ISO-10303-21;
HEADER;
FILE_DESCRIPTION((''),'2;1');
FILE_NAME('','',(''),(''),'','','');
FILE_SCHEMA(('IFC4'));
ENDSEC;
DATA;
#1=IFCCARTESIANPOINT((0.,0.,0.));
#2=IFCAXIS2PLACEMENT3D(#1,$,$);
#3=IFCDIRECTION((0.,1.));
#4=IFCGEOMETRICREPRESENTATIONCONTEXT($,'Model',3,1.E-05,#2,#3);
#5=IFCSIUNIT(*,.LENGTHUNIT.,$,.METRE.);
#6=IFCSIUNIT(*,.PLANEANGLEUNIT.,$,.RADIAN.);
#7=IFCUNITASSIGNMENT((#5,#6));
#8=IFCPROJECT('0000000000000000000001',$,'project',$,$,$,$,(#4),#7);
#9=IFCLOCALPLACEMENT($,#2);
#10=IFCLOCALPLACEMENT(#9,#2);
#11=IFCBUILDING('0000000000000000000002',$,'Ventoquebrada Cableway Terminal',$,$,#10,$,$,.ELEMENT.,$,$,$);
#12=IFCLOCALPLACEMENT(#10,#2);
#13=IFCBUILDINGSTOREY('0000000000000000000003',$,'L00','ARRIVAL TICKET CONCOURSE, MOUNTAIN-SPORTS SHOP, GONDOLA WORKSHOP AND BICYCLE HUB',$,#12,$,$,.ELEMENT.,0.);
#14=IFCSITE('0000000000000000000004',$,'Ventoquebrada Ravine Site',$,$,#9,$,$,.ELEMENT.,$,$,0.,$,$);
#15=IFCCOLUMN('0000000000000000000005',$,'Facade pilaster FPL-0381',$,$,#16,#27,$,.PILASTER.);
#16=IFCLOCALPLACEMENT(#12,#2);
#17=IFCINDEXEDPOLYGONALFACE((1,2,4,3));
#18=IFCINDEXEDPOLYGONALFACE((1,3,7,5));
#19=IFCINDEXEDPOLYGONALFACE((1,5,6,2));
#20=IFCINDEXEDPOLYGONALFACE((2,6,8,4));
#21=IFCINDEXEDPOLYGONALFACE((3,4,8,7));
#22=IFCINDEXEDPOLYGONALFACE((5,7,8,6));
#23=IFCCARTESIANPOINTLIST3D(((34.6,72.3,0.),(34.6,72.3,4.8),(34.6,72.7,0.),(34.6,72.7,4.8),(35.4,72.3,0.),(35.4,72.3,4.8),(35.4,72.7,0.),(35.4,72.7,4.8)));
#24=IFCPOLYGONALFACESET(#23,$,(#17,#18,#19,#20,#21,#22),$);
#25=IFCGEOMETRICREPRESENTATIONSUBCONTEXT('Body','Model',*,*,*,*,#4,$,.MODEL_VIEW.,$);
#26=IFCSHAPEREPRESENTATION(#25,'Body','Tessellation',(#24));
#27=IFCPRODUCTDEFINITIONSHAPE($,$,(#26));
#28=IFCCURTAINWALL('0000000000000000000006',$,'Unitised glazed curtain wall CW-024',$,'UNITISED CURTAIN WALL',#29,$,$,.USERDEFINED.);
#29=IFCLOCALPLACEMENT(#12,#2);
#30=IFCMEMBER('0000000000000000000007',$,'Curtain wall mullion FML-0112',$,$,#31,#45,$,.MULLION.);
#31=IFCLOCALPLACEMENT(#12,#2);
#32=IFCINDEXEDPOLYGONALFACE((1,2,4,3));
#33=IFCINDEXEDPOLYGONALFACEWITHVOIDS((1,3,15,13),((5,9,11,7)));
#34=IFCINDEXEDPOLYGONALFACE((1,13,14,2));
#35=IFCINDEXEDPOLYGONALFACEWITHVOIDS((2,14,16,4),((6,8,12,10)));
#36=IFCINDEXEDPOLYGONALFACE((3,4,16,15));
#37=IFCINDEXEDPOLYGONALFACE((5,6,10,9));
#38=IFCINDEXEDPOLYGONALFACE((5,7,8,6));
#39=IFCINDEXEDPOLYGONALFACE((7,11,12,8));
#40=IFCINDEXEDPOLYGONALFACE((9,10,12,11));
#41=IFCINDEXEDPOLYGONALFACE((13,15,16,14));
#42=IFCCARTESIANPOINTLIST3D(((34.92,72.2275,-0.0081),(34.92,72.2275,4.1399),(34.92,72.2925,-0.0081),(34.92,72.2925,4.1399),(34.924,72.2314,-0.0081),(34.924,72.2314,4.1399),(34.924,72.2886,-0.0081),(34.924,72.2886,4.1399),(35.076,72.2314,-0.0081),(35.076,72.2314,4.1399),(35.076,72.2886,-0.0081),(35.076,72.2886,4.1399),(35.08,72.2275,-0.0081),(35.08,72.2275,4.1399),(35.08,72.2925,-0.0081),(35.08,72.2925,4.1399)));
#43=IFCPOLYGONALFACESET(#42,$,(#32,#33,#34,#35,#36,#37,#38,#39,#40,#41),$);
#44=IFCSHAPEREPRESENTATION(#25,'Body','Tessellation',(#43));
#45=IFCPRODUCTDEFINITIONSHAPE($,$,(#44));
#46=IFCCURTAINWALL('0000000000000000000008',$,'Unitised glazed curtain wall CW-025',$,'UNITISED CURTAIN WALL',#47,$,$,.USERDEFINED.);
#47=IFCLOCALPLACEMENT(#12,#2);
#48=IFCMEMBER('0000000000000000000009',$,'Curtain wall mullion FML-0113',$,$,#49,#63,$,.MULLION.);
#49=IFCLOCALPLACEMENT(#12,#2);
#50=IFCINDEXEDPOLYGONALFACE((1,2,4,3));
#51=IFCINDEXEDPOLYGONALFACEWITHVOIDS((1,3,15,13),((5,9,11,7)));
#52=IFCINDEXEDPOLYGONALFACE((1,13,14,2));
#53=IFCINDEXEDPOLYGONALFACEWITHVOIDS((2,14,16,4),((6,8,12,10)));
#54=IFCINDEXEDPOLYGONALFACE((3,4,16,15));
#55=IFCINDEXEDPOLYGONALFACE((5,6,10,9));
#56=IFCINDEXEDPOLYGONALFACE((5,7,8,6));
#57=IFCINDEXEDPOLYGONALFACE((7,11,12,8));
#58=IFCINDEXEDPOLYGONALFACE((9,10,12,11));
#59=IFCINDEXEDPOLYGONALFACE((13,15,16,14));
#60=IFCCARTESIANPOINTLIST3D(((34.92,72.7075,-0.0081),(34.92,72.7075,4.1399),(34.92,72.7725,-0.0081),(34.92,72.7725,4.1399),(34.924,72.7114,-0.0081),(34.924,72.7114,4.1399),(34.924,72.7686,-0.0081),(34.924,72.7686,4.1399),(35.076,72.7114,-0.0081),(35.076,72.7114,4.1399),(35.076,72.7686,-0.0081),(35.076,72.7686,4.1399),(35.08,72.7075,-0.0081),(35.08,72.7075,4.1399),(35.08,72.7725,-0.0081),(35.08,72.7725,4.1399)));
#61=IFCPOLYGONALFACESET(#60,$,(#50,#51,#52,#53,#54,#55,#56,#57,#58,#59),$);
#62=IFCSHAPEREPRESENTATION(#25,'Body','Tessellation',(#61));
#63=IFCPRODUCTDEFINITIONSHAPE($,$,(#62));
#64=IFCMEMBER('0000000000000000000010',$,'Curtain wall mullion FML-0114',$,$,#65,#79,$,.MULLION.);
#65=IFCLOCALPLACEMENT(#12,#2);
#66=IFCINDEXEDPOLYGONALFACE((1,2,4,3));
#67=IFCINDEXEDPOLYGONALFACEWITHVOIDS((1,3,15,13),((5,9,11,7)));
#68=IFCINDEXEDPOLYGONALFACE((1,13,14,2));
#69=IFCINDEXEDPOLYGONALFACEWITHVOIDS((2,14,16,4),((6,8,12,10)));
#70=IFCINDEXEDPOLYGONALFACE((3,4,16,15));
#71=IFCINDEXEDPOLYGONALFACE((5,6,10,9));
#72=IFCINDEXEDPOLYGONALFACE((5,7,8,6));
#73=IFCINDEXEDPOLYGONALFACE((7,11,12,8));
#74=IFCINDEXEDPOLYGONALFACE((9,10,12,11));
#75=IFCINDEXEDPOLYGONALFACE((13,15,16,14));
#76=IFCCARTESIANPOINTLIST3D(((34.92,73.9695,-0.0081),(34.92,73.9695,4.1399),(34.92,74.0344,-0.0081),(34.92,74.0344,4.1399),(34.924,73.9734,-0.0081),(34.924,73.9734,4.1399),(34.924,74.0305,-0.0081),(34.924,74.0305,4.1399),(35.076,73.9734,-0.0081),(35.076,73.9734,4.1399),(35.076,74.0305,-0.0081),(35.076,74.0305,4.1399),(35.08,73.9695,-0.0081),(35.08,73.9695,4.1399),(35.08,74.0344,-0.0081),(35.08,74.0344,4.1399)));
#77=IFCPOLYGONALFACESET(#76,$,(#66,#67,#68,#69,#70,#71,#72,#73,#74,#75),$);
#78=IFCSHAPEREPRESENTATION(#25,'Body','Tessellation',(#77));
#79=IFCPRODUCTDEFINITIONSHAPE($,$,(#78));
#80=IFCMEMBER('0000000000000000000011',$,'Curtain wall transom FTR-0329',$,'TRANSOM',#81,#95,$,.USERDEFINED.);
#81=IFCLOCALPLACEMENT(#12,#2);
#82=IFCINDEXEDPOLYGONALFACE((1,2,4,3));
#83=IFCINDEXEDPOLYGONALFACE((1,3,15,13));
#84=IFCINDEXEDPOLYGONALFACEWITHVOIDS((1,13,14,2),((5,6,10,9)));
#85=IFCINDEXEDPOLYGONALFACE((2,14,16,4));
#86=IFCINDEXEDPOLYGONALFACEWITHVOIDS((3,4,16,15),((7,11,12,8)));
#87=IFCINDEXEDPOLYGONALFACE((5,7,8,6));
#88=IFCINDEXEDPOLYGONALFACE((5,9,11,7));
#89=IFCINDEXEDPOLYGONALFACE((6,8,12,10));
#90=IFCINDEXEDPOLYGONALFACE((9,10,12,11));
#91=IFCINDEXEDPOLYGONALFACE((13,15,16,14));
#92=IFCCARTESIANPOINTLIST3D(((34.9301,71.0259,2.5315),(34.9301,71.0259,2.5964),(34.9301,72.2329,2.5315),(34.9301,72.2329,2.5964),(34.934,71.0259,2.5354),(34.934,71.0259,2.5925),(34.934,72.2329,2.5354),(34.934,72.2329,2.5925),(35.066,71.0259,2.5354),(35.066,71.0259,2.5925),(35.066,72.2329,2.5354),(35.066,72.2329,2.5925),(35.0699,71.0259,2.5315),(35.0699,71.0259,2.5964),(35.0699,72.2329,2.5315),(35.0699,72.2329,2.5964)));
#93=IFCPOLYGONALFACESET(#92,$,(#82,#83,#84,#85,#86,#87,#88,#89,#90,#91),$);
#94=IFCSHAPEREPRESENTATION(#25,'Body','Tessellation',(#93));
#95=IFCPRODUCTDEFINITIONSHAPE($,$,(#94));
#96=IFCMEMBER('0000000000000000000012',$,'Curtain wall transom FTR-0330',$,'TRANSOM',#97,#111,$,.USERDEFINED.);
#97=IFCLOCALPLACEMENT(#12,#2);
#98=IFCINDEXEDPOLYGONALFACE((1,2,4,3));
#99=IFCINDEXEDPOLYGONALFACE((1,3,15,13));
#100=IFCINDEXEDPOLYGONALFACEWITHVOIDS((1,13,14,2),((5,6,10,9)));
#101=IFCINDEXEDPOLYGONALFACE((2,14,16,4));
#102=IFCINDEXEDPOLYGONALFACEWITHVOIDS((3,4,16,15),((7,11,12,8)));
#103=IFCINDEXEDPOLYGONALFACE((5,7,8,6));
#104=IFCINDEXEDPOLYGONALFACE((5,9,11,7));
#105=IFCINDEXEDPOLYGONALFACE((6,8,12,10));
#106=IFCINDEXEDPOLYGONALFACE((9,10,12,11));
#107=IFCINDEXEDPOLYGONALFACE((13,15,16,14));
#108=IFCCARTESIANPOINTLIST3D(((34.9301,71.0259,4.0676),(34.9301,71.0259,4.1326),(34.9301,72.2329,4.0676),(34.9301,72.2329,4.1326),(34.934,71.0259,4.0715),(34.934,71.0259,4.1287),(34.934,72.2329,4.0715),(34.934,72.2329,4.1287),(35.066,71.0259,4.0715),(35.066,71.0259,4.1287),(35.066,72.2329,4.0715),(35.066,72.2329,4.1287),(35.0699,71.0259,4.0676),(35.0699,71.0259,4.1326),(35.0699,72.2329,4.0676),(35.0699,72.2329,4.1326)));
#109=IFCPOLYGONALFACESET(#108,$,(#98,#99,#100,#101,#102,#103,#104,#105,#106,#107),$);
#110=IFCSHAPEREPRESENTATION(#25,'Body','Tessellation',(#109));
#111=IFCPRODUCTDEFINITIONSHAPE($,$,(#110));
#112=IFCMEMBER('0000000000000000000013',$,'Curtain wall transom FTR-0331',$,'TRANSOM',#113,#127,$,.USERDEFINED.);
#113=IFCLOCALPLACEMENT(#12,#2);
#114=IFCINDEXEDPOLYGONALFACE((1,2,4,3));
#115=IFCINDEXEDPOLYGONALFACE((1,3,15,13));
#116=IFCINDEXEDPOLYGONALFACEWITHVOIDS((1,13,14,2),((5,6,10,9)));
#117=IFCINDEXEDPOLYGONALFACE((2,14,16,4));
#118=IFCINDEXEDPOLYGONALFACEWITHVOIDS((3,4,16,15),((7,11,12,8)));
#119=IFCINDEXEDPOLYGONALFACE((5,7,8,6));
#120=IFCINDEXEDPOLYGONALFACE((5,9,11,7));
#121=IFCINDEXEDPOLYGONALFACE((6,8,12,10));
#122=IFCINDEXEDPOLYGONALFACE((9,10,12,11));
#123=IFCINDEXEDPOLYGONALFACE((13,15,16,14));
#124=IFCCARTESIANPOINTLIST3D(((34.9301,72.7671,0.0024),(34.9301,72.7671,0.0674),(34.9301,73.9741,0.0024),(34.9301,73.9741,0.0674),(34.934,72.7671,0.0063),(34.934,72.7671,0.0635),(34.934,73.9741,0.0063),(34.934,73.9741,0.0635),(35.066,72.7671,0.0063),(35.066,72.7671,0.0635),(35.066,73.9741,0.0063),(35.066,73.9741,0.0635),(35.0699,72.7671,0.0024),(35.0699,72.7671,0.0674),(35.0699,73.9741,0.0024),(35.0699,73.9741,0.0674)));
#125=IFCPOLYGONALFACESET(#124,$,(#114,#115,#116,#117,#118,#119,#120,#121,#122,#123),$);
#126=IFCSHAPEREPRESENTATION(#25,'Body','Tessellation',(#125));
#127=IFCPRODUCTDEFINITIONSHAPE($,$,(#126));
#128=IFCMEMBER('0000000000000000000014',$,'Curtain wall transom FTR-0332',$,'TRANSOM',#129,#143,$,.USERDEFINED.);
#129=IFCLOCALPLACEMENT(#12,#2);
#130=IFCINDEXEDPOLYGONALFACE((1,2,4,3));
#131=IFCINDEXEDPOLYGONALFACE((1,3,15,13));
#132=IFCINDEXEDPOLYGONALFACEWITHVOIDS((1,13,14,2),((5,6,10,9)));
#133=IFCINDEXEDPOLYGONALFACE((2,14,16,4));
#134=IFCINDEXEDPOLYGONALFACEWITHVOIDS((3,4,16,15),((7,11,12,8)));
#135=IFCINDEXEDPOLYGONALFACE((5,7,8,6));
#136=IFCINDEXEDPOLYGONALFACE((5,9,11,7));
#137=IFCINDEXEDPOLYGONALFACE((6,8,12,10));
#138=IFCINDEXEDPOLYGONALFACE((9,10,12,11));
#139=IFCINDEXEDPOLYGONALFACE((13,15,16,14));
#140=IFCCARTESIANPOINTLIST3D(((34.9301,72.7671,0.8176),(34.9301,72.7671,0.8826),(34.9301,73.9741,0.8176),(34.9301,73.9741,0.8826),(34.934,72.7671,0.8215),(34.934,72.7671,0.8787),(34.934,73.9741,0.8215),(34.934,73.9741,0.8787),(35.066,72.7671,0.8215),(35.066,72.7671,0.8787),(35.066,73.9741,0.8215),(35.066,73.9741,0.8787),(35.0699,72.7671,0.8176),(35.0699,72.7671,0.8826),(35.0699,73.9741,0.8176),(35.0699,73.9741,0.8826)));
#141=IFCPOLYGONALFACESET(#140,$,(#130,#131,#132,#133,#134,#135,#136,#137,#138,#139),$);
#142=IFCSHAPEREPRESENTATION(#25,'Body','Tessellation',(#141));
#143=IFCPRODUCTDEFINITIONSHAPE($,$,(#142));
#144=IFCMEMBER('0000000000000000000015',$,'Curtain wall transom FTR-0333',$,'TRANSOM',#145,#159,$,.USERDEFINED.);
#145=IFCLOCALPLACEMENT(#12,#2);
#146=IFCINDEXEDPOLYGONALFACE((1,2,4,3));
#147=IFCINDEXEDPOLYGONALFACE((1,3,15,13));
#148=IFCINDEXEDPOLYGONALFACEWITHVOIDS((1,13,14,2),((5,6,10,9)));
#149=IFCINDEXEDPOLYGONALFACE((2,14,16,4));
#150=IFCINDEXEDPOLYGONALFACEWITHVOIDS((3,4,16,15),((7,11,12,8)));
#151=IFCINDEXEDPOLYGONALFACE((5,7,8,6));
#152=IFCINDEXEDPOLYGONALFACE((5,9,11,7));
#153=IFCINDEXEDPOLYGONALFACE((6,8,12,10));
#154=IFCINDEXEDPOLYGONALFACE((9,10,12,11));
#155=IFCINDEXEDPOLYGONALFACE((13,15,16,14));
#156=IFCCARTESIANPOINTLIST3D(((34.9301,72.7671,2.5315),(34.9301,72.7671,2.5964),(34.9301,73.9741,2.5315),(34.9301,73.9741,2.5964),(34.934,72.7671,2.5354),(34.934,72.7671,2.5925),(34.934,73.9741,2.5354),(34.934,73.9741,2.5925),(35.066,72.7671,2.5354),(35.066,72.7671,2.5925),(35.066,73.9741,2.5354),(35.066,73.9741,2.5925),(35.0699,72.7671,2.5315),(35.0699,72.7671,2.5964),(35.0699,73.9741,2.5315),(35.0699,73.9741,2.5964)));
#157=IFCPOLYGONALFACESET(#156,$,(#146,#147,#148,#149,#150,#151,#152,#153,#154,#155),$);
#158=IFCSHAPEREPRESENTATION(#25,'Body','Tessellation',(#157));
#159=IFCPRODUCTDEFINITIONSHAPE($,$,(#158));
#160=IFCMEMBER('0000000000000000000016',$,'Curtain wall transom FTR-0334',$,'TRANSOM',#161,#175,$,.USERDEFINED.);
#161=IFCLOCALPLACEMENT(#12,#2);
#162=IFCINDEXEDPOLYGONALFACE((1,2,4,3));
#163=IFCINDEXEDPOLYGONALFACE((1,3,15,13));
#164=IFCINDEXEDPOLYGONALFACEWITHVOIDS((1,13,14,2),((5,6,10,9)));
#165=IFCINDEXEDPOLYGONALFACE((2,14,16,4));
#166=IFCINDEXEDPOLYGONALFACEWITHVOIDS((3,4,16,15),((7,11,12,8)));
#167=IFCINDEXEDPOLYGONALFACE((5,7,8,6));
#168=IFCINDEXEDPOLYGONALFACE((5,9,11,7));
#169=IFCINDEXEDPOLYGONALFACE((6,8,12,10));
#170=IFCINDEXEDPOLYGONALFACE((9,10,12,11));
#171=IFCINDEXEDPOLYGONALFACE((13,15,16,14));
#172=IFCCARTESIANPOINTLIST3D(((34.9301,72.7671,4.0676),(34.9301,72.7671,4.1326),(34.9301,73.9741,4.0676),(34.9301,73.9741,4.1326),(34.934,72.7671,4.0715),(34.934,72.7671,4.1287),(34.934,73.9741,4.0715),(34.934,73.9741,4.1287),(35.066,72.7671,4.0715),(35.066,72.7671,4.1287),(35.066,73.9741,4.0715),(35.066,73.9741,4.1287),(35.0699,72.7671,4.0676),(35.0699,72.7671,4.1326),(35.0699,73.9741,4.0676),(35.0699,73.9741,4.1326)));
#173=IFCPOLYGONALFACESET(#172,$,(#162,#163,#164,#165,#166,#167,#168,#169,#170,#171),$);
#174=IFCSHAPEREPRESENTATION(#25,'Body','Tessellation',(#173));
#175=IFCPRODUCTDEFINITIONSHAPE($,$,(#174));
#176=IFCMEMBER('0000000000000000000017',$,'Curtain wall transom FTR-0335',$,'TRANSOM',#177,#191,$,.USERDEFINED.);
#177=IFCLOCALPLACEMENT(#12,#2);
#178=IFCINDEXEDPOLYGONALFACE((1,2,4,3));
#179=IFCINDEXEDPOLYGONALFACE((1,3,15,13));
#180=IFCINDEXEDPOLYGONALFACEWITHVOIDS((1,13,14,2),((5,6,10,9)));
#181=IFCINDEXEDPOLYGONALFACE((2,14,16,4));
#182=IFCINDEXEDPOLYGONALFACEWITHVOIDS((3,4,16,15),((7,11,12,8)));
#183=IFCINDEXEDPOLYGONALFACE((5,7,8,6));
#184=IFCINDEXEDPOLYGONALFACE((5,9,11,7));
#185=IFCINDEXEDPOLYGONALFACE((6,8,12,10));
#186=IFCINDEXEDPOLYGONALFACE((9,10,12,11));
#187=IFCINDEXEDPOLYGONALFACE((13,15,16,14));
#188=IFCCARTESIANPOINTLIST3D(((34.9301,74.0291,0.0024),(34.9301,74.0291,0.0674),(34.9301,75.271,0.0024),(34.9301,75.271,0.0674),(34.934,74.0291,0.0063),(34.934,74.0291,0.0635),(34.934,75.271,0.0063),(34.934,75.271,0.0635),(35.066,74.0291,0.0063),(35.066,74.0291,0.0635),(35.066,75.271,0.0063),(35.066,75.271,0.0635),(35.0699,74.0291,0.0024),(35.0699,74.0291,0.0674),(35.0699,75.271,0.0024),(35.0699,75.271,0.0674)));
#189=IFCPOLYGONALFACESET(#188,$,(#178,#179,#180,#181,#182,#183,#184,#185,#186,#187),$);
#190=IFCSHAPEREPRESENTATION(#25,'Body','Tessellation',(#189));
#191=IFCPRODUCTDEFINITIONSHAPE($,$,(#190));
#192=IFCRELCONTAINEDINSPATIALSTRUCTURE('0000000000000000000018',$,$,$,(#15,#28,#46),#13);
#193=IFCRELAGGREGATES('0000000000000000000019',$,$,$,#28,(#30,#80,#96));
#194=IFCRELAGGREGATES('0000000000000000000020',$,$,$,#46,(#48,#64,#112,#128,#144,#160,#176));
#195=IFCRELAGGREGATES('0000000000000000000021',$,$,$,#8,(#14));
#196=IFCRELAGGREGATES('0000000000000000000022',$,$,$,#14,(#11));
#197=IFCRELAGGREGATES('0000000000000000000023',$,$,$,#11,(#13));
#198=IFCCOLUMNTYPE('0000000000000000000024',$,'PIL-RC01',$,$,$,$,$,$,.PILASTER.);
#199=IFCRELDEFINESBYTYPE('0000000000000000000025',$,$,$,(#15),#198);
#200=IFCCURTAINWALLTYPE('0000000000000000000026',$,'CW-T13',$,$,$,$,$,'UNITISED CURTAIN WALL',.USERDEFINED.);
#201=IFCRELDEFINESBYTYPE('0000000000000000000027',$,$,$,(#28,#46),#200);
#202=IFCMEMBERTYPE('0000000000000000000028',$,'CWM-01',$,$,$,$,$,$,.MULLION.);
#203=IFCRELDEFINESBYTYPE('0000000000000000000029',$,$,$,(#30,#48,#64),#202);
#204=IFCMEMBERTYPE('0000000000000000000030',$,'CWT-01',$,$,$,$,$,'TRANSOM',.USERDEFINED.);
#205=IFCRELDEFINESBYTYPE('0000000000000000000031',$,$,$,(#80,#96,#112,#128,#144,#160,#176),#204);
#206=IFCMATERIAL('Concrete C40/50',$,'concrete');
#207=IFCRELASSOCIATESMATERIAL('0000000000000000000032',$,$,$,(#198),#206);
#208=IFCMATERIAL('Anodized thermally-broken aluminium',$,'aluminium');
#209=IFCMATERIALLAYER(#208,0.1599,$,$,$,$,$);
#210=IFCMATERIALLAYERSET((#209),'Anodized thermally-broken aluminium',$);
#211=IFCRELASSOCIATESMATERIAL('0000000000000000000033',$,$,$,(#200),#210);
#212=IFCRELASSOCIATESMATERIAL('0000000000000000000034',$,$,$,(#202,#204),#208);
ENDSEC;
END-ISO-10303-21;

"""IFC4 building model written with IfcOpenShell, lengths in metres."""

from ifc_helpers import new_model, si_unit, direction, frame, origin, origin_2d, place, context, subcontext, project, spatial, rectangle, hollow_rectangle, extrude, material, layer, layer_set, material_profile, profile_set, type_object, element, aggregate, save


model = new_model("IFC4")

# Units and contexts
model_context = context("Model", 3, precision=1e-05, world=origin(), true_north=direction((0.0, 1.0)))
body_context = subcontext(model_context, "Body", "Model", "MODEL_VIEW")
ifc_project = project(units=[si_unit("LENGTHUNIT", "METRE"), si_unit("PLANEANGLEUNIT", "RADIAN")], contexts=[model_context])

# Site, building, storey
site_placement = place(None, origin())
site = spatial("IfcSite", under=ifc_project, at=site_placement, Name="Ventoquebrada Ravine Site", CompositionType="ELEMENT", RefElevation=0.0)
building_placement = place(site_placement, origin())
building = spatial("IfcBuilding", under=site, at=building_placement, Name="Ventoquebrada Cableway Terminal", CompositionType="ELEMENT")
storey_placement = place(building_placement, origin())
storey = spatial("IfcBuildingStorey", under=building, at=storey_placement, Name="L00", Description="ARRIVAL TICKET CONCOURSE, MOUNTAIN-SPORTS SHOP, GONDOLA WORKSHOP AND BICYCLE HUB", CompositionType="ELEMENT", Elevation=0.0)

# Column
ifc_material_1 = material(Name="Concrete C40/50", Category="concrete")
ifc_material_profile_1 = material_profile(ifc_material_1, rectangle(XDim=0.3999, YDim=0.8, at=origin_2d()), Name="RC-PIL-400X800")
ifc_profile_set_1 = profile_set([ifc_material_profile_1], Name="Concrete C40/50")
column_type = type_object("IfcColumnType", Name="PIL-RC01", PredefinedType="PILASTER", material=ifc_profile_set_1)
column_placement = place(storey_placement, frame((35.0, 72.5, 0.0), z_axis=(0.0, 0.0, 1.0), x_axis=(0.0, 1.0, 0.0)))
element("IfcColumn", 1, at=column_placement, inside=storey, type_object=column_type, Name="Facade pilaster FPL-0381", PredefinedType="PILASTER", context=body_context, shape_type="SweptSolid", body=[
    extrude(rectangle(XDim=0.3999, YDim=0.8, at=origin_2d()), origin(), (0.0, 0.0, 1.0), 4.8),
])

# Curtain wall, member
ifc_material_2 = material(Name="Anodized thermally-broken aluminium", Category="aluminium")
ifc_layer_1 = layer(ifc_material_2, 0.1599)
ifc_layer_set_1 = layer_set([ifc_layer_1], Name="Anodized thermally-broken aluminium")
curtain_wall_type = type_object("IfcCurtainWallType", Name="CW-T13", ElementType="UNITISED CURTAIN WALL", PredefinedType="USERDEFINED", material=ifc_layer_set_1)
curtain_wall_1_placement = place(storey_placement, origin())
curtain_wall_1 = element("IfcCurtainWall", 2, at=curtain_wall_1_placement, inside=storey, type_object=curtain_wall_type, Name="Unitised glazed curtain wall CW-024", ObjectType="UNITISED CURTAIN WALL", PredefinedType="USERDEFINED")
ifc_material_profile_2 = material_profile(ifc_material_2, hollow_rectangle(XDim=0.0649, YDim=0.1599, WallThickness=0.0039, at=origin_2d()), Name="CW-MUL-65X160")
ifc_profile_set_2 = profile_set([ifc_material_profile_2], Name="Anodized thermally-broken aluminium")
member_type_1 = type_object("IfcMemberType", Name="CWM-01", PredefinedType="MULLION", material=ifc_profile_set_2)
member_1_placement = place(storey_placement, frame((35.0, 72.26, -0.0081), z_axis=(0.0, 0.0, 1.0), x_axis=(0.0, 1.0, 0.0)))
member_1 = element("IfcMember", 3, at=member_1_placement, type_object=member_type_1, Name="Curtain wall mullion FML-0112", PredefinedType="MULLION", context=body_context, shape_type="SweptSolid", body=[
    extrude(hollow_rectangle(XDim=0.0649, YDim=0.1599, WallThickness=0.0039, at=origin_2d()), origin(), (0.0, 0.0, 1.0), 4.1479),
])

# Curtain wall, members
curtain_wall_2_placement = place(storey_placement, origin())
curtain_wall_2 = element("IfcCurtainWall", 4, at=curtain_wall_2_placement, inside=storey, type_object=curtain_wall_type, Name="Unitised glazed curtain wall CW-025", ObjectType="UNITISED CURTAIN WALL", PredefinedType="USERDEFINED")
member_2_placement = place(storey_placement, frame((35.0, 72.74, -0.0081), z_axis=(0.0, 0.0, 1.0), x_axis=(0.0, 1.0, 0.0)))
member_2 = element("IfcMember", 5, at=member_2_placement, type_object=member_type_1, Name="Curtain wall mullion FML-0113", PredefinedType="MULLION", context=body_context, shape_type="SweptSolid", body=[
    extrude(hollow_rectangle(XDim=0.0649, YDim=0.1599, WallThickness=0.0039, at=origin_2d()), origin(), (0.0, 0.0, 1.0), 4.1479),
])
member_3_placement = place(storey_placement, frame((35.0, 74.002, -0.0081), z_axis=(0.0, 0.0, 1.0), x_axis=(0.0, 1.0, 0.0)))
member_3 = element("IfcMember", 6, at=member_3_placement, type_object=member_type_1, Name="Curtain wall mullion FML-0114", PredefinedType="MULLION", context=body_context, shape_type="SweptSolid", body=[
    extrude(hollow_rectangle(XDim=0.0649, YDim=0.1599, WallThickness=0.0039, at=origin_2d()), origin(), (0.0, 0.0, 1.0), 4.1479),
])

# Members
ifc_material_profile_3 = material_profile(ifc_material_2, hollow_rectangle(XDim=0.0649, YDim=0.1399, WallThickness=0.0039, at=origin_2d()), Name="CW-TRN-65X140")
ifc_profile_set_3 = profile_set([ifc_material_profile_3], Name="Anodized thermally-broken aluminium")
member_type_2 = type_object("IfcMemberType", Name="CWT-01", ElementType="TRANSOM", PredefinedType="USERDEFINED", material=ifc_profile_set_3)
member_4_placement = place(storey_placement, frame((35.0, 71.0259, 2.564), z_axis=(0.0, 1.0, 0.0), x_axis=(0.0, 0.0, 1.0)))
member_4 = element("IfcMember", 7, at=member_4_placement, type_object=member_type_2, Name="Curtain wall transom FTR-0329", ObjectType="TRANSOM", PredefinedType="USERDEFINED", context=body_context, shape_type="SweptSolid", body=[
    extrude(hollow_rectangle(XDim=0.0649, YDim=0.1399, WallThickness=0.0039, at=origin_2d()), origin(), (0.0, 0.0, 1.0), 1.207),
])
member_5_placement = place(storey_placement, frame((35.0, 71.0259, 4.1001), z_axis=(0.0, 1.0, 0.0), x_axis=(0.0, 0.0, 1.0)))
member_5 = element("IfcMember", 8, at=member_5_placement, type_object=member_type_2, Name="Curtain wall transom FTR-0330", ObjectType="TRANSOM", PredefinedType="USERDEFINED", context=body_context, shape_type="SweptSolid", body=[
    extrude(hollow_rectangle(XDim=0.0649, YDim=0.1399, WallThickness=0.0039, at=origin_2d()), origin(), (0.0, 0.0, 1.0), 1.207),
])
member_6_placement = place(storey_placement, frame((35.0, 72.7671, 0.0349), z_axis=(0.0, 1.0, 0.0), x_axis=(0.0, 0.0, 1.0)))
member_6 = element("IfcMember", 9, at=member_6_placement, type_object=member_type_2, Name="Curtain wall transom FTR-0331", ObjectType="TRANSOM", PredefinedType="USERDEFINED", context=body_context, shape_type="SweptSolid", body=[
    extrude(hollow_rectangle(XDim=0.0649, YDim=0.1399, WallThickness=0.0039, at=origin_2d()), origin(), (0.0, 0.0, 1.0), 1.207),
])
member_7_placement = place(storey_placement, frame((35.0, 72.7671, 0.8501), z_axis=(0.0, 1.0, 0.0), x_axis=(0.0, 0.0, 1.0)))
member_7 = element("IfcMember", 10, at=member_7_placement, type_object=member_type_2, Name="Curtain wall transom FTR-0332", ObjectType="TRANSOM", PredefinedType="USERDEFINED", context=body_context, shape_type="SweptSolid", body=[
    extrude(hollow_rectangle(XDim=0.0649, YDim=0.1399, WallThickness=0.0039, at=origin_2d()), origin(), (0.0, 0.0, 1.0), 1.207),
])
member_8_placement = place(storey_placement, frame((35.0, 72.7671, 2.564), z_axis=(0.0, 1.0, 0.0), x_axis=(0.0, 0.0, 1.0)))
member_8 = element("IfcMember", 11, at=member_8_placement, type_object=member_type_2, Name="Curtain wall transom FTR-0333", ObjectType="TRANSOM", PredefinedType="USERDEFINED", context=body_context, shape_type="SweptSolid", body=[
    extrude(hollow_rectangle(XDim=0.0649, YDim=0.1399, WallThickness=0.0039, at=origin_2d()), origin(), (0.0, 0.0, 1.0), 1.207),
])
member_9_placement = place(storey_placement, frame((35.0, 72.7671, 4.1001), z_axis=(0.0, 1.0, 0.0), x_axis=(0.0, 0.0, 1.0)))
member_9 = element("IfcMember", 12, at=member_9_placement, type_object=member_type_2, Name="Curtain wall transom FTR-0334", ObjectType="TRANSOM", PredefinedType="USERDEFINED", context=body_context, shape_type="SweptSolid", body=[
    extrude(hollow_rectangle(XDim=0.0649, YDim=0.1399, WallThickness=0.0039, at=origin_2d()), origin(), (0.0, 0.0, 1.0), 1.207),
])
member_10_placement = place(storey_placement, frame((35.0, 74.0291, 0.0349), z_axis=(0.0, 1.0, 0.0), x_axis=(0.0, 0.0, 1.0)))
member_10 = element("IfcMember", 13, at=member_10_placement, type_object=member_type_2, Name="Curtain wall transom FTR-0335", ObjectType="TRANSOM", PredefinedType="USERDEFINED", context=body_context, shape_type="SweptSolid", body=[
    extrude(hollow_rectangle(XDim=0.0649, YDim=0.1399, WallThickness=0.0039, at=origin_2d()), origin(), (0.0, 0.0, 1.0), 1.2419),
])

aggregate(curtain_wall_1, [member_1, member_4, member_5])
aggregate(curtain_wall_2, [member_2, member_3, member_6, member_7, member_8, member_9, member_10])

save(model, "model.ifc")
